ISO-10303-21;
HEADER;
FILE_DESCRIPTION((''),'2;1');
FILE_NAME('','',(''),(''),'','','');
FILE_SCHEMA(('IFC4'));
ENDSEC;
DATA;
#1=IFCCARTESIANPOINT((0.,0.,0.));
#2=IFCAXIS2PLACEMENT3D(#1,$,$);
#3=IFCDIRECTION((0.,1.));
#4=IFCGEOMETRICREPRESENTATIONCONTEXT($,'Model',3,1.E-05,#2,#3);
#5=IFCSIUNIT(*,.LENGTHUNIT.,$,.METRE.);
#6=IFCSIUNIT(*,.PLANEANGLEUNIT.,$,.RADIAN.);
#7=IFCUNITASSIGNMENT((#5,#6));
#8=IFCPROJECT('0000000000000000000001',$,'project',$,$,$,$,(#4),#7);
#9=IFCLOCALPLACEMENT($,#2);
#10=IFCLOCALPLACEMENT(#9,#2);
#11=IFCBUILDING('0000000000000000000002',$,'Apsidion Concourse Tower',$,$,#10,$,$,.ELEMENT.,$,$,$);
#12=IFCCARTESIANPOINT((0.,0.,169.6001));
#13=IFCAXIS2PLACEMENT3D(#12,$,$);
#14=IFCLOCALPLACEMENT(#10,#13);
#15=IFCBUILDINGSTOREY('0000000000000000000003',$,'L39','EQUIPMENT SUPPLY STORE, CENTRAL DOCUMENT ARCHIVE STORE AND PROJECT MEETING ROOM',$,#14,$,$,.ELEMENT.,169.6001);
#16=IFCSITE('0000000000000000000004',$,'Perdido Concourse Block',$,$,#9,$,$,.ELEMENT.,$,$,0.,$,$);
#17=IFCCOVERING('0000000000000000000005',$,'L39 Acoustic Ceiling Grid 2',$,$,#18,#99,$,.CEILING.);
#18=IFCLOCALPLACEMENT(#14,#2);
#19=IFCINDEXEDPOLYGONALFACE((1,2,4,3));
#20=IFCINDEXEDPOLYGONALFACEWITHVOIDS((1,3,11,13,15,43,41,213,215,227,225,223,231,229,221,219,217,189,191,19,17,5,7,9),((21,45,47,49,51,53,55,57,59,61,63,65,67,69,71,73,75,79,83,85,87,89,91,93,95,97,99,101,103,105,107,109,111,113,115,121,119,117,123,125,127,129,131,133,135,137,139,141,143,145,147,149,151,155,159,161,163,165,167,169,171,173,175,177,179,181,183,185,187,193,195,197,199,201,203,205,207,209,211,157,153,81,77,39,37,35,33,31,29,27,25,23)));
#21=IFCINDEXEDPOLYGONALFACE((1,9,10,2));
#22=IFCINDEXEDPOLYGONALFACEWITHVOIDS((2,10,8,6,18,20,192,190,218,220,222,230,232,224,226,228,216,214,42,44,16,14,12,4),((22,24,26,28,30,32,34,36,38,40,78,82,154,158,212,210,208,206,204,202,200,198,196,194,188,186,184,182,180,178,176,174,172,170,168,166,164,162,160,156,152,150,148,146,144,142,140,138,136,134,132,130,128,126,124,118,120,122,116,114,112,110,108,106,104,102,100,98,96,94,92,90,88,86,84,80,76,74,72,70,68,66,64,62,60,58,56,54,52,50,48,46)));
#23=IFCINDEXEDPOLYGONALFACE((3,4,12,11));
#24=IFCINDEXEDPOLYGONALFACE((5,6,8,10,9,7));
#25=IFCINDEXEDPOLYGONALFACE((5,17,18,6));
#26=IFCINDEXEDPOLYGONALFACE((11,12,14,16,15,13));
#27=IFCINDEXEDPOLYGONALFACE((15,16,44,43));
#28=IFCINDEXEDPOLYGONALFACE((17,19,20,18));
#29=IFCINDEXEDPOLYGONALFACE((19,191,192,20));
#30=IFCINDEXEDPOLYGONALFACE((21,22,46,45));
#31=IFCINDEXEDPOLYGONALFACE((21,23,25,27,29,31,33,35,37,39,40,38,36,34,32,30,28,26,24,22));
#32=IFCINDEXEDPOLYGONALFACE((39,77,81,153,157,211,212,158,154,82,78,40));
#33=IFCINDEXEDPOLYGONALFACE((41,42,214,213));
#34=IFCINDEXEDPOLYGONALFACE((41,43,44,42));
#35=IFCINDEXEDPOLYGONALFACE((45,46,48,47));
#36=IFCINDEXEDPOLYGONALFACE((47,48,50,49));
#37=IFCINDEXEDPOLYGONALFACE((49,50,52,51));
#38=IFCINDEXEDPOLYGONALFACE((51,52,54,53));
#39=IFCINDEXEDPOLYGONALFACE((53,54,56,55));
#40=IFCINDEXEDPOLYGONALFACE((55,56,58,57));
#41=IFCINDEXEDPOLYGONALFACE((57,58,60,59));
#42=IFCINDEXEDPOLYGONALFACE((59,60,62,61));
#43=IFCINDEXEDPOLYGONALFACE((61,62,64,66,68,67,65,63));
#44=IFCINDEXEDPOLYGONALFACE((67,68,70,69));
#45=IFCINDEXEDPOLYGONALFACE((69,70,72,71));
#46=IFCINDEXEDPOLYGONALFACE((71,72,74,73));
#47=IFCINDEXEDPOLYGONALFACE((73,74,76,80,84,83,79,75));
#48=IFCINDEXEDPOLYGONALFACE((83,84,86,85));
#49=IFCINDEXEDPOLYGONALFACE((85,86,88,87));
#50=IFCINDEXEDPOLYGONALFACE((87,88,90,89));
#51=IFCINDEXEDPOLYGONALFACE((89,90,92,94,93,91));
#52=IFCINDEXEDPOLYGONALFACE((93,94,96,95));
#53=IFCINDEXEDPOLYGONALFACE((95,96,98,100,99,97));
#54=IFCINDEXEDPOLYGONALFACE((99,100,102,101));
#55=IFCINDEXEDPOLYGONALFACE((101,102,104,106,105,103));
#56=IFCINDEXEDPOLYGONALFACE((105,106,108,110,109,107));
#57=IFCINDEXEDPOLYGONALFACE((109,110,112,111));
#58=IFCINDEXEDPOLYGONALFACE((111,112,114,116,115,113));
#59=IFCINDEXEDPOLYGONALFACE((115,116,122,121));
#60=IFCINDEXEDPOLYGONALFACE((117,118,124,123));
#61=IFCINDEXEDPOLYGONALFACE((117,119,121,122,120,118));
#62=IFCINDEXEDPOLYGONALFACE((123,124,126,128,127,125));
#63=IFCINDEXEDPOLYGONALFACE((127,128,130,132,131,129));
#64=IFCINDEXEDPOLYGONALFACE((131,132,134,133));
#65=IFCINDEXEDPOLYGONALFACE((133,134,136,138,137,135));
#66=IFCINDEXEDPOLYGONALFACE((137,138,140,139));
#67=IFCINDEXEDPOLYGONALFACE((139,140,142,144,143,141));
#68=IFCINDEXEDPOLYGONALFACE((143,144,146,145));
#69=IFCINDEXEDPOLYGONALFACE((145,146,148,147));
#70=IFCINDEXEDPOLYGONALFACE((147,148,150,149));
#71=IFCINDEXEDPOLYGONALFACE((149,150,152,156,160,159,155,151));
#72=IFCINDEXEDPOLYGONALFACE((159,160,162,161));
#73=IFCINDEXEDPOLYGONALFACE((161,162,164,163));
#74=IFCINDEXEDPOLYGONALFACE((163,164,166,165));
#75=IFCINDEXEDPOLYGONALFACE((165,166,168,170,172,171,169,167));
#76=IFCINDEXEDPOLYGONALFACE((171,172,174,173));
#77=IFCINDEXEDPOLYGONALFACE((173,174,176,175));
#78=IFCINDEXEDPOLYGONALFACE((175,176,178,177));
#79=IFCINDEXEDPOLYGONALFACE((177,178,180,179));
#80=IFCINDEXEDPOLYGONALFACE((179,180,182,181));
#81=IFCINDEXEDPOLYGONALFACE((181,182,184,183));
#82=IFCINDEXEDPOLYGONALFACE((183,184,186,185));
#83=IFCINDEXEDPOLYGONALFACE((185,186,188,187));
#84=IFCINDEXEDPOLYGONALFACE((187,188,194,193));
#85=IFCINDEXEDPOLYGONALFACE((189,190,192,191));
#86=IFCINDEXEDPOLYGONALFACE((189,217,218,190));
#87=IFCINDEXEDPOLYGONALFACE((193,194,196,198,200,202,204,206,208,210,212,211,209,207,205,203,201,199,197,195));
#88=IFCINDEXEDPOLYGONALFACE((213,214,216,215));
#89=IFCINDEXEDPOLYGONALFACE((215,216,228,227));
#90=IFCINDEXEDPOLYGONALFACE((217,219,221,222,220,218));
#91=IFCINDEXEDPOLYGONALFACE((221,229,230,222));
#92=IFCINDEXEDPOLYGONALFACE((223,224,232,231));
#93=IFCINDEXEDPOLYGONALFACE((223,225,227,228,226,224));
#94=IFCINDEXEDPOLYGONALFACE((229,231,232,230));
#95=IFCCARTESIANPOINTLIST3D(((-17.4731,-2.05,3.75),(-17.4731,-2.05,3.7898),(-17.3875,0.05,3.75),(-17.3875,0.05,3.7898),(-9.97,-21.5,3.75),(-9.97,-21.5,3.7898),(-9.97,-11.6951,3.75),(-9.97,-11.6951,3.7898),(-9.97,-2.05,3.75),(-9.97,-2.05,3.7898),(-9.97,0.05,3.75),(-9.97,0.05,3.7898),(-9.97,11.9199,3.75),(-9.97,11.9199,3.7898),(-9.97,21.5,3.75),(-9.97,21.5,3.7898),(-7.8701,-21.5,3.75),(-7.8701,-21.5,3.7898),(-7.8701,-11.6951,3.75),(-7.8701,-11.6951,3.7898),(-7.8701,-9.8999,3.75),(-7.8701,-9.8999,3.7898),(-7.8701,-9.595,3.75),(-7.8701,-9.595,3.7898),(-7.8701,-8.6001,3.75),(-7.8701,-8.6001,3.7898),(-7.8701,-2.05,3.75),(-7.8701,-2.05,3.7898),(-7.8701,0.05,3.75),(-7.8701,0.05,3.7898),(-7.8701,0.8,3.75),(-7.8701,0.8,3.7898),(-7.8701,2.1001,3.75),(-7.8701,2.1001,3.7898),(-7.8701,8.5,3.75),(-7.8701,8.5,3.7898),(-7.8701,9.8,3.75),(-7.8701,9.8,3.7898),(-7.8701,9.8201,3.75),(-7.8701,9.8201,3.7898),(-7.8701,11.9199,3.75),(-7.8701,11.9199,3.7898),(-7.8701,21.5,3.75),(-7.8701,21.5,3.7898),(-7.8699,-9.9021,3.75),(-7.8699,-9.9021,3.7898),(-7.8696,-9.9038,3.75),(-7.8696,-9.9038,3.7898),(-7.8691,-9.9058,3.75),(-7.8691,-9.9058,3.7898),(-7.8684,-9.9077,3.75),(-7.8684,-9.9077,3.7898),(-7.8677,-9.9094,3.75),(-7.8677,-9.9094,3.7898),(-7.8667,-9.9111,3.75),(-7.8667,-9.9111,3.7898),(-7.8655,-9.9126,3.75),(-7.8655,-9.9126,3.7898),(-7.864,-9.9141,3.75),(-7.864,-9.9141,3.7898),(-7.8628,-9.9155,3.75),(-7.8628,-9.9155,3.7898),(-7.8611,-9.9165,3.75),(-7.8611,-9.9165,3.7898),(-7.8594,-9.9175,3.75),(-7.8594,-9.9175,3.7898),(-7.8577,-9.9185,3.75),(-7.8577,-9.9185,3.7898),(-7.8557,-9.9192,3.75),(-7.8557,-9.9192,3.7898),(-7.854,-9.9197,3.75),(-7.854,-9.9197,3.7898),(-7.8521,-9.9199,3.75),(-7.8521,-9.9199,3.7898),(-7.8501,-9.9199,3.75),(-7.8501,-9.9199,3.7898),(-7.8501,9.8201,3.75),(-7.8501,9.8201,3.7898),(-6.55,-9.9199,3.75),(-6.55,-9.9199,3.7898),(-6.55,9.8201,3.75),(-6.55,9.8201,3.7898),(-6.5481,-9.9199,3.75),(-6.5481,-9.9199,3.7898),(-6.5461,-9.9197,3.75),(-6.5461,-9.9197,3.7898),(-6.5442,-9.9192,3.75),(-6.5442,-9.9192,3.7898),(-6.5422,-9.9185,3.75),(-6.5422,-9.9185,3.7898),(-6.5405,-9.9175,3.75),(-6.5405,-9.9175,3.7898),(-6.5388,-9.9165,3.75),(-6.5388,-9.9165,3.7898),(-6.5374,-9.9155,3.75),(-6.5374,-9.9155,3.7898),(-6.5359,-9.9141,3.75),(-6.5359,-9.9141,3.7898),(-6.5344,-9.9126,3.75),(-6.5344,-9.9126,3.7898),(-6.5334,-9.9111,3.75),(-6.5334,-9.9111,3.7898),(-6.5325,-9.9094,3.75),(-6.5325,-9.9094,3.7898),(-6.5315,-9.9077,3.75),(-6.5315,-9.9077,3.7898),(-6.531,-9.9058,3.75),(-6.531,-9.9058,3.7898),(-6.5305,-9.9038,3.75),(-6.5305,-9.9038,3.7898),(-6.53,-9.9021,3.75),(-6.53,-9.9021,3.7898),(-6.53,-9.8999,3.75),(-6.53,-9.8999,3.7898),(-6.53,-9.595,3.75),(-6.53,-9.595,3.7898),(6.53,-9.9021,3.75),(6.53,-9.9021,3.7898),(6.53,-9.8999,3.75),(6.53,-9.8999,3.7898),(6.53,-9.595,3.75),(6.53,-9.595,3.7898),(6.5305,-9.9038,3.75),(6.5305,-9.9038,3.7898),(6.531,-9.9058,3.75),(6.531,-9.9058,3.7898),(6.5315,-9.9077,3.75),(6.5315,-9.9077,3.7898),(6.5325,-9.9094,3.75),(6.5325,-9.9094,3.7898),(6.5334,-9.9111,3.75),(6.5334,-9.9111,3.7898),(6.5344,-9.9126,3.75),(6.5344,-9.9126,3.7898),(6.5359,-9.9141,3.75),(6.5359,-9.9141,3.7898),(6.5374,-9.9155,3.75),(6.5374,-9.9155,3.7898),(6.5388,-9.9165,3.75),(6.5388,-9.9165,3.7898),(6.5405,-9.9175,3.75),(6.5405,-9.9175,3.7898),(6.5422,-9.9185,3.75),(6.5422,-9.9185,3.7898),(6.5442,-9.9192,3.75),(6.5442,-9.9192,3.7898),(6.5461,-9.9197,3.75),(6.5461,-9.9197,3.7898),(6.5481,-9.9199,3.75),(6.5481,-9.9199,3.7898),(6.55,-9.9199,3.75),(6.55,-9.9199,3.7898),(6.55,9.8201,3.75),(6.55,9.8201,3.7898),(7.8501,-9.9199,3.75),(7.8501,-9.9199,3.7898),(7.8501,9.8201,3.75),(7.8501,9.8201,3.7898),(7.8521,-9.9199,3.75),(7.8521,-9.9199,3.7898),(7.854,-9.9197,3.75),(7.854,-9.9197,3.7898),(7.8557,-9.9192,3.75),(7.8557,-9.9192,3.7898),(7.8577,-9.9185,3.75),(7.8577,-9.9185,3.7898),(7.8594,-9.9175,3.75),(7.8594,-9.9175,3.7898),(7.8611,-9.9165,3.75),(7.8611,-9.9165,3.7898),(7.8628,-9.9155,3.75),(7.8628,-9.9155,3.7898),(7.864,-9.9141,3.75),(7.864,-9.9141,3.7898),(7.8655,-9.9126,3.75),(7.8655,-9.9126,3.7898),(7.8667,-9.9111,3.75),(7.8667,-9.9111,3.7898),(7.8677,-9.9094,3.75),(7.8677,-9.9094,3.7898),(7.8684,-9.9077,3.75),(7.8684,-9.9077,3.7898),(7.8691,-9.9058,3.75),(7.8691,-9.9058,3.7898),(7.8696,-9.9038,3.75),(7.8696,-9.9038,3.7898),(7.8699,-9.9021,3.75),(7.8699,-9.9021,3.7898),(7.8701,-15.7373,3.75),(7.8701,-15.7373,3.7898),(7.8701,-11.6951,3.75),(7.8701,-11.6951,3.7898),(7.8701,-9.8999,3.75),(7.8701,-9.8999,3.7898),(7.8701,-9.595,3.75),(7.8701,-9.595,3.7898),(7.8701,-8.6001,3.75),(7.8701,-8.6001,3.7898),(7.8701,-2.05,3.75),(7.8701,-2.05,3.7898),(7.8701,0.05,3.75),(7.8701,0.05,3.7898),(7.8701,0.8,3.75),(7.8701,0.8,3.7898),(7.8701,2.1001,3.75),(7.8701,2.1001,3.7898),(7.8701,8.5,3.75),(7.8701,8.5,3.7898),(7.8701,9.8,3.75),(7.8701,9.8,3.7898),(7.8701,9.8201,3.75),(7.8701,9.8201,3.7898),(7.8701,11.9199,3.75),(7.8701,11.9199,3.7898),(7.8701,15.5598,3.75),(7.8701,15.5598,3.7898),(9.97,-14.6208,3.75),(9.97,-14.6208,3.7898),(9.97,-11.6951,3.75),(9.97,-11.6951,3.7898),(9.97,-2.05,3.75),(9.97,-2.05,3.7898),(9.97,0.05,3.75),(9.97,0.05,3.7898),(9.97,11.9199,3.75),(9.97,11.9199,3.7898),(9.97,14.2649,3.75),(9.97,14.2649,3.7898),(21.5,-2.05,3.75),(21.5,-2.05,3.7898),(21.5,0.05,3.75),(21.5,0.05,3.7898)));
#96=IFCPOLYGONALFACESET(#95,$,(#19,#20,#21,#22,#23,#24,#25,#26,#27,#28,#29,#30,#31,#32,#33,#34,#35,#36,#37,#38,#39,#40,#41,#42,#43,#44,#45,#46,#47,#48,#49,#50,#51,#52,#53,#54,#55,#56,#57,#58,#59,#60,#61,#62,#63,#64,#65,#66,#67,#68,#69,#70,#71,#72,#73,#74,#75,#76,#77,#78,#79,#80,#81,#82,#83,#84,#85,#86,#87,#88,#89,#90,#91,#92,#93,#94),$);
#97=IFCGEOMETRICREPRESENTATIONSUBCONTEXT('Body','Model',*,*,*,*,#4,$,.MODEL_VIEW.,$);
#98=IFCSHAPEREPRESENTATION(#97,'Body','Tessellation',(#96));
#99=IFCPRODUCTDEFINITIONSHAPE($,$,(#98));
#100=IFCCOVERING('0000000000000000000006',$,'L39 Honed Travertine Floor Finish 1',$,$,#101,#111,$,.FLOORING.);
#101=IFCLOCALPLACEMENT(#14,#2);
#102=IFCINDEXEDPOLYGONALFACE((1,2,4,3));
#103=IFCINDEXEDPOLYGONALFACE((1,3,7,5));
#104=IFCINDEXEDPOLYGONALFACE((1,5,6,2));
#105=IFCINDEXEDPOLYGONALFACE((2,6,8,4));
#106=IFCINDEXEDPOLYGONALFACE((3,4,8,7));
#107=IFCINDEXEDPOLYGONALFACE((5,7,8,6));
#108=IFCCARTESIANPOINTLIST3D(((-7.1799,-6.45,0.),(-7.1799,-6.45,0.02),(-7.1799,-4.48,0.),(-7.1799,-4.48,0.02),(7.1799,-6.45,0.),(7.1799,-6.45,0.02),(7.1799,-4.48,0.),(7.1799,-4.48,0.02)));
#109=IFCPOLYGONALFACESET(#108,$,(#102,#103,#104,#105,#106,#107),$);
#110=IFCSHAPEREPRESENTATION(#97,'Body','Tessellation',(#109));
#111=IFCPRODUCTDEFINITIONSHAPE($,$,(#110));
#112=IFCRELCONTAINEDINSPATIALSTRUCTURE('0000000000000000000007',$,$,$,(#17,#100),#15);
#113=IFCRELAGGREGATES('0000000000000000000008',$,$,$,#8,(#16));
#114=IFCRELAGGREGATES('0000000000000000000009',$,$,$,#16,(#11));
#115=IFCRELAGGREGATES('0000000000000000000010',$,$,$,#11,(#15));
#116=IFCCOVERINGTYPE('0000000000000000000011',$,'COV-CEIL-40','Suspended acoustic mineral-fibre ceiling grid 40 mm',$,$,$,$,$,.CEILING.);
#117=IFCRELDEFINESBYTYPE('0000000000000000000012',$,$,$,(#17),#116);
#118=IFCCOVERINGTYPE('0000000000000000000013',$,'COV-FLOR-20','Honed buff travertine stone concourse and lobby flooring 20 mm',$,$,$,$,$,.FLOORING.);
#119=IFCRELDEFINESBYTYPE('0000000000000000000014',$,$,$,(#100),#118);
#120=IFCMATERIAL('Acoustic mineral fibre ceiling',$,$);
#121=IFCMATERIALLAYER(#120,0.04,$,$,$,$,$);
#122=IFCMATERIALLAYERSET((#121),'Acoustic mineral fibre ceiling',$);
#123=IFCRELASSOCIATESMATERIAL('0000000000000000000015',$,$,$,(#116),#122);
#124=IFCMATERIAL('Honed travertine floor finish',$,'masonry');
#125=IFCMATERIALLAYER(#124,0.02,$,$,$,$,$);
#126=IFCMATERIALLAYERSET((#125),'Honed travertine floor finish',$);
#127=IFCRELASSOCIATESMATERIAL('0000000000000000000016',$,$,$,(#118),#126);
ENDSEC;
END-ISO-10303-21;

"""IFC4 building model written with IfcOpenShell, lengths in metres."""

from ifc_helpers import new_model, si_unit, direction, frame, origin, place, context, subcontext, project, spatial, polyline, outline, extrude, material, layer, layer_set, type_object, element, save


model = new_model("IFC4")

# Units and contexts
model_context = context("Model", 3, precision=1e-05, world=origin(), true_north=direction((0.0, 1.0)))
body_context = subcontext(model_context, "Body", "Model", "MODEL_VIEW")
ifc_project = project(units=[si_unit("LENGTHUNIT", "METRE"), si_unit("PLANEANGLEUNIT", "RADIAN")], contexts=[model_context])

# Site, building, storey
site_placement = place(None, origin())
site = spatial("IfcSite", under=ifc_project, at=site_placement, Name="Perdido Concourse Block", CompositionType="ELEMENT", RefElevation=0.0)
building_placement = place(site_placement, origin())
building = spatial("IfcBuilding", under=site, at=building_placement, Name="Apsidion Concourse Tower", CompositionType="ELEMENT")
storey_placement = place(building_placement, frame((0.0, 0.0, 169.6001)))
storey = spatial("IfcBuildingStorey", under=building, at=storey_placement, Name="L39", Description="EQUIPMENT SUPPLY STORE, CENTRAL DOCUMENT ARCHIVE STORE AND PROJECT MEETING ROOM", CompositionType="ELEMENT", Elevation=169.6001)

# Coverings
ifc_material_1 = material(Name="Acoustic mineral fibre ceiling")
ifc_layer_1 = layer(ifc_material_1, 0.04)
ifc_layer_set_1 = layer_set([ifc_layer_1], Name="Acoustic mineral fibre ceiling")
covering_type_1 = type_object("IfcCoveringType", Name="COV-CEIL-40", Description="Suspended acoustic mineral-fibre ceiling grid 40 mm", PredefinedType="CEILING", material=ifc_layer_set_1)
covering_1_placement = place(storey_placement, frame((0.0, 0.0, 3.75)))
element("IfcCovering", 1, at=covering_1_placement, inside=storey, type_object=covering_type_1, Name="L39 Acoustic Ceiling Grid 2", PredefinedType="CEILING", context=body_context, shape_type="SweptSolid", body=[
    extrude(outline(polyline([(9.97, -14.6208), (7.8701, -15.7373), (7.8701, -11.6951), (-7.8701, -11.6951), (-7.8701, -21.5), (-9.97, -21.5), (-9.97, -11.6951), (-9.97, -2.05), (-17.4731, -2.05), (-17.3875, 0.05), (-9.97, 0.05), (-9.97, 11.9199), (-9.97, 21.5), (-7.8701, 21.5), (-7.8701, 11.9199), (7.8701, 11.9199), (7.8701, 15.5598), (9.97, 14.2649), (9.97, 11.9199), (9.97, 0.05), (21.5, 0.05), (21.5, -2.05), (9.97, -2.05), (9.97, -11.6951), (9.97, -14.6208)]), holes=[polyline([(7.8701, -8.6001), (7.8701, -2.05), (7.8701, 0.05), (7.8701, 0.8), (7.8701, 2.1001), (7.8701, 8.5), (7.8701, 9.8), (7.8701, 9.8201), (7.8501, 9.8201), (6.55, 9.8201), (-6.55, 9.8201), (-7.8501, 9.8201), (-7.8701, 9.8201), (-7.8701, 9.8), (-7.8701, 8.5), (-7.8701, 2.1001), (-7.8701, 0.8), (-7.8701, 0.05), (-7.8701, -2.05), (-7.8701, -8.6001), (-7.8701, -9.595), (-7.8701, -9.8999), (-7.8699, -9.9021), (-7.8696, -9.9038), (-7.8691, -9.9058), (-7.8684, -9.9077), (-7.8677, -9.9094), (-7.8667, -9.9111), (-7.8655, -9.9126), (-7.864, -9.9141), (-7.8628, -9.9155), (-7.8611, -9.9165), (-7.8594, -9.9175), (-7.8577, -9.9185), (-7.8557, -9.9192), (-7.854, -9.9197), (-7.8521, -9.9199), (-7.8501, -9.9199), (-6.55, -9.9199), (-6.5481, -9.9199), (-6.5461, -9.9197), (-6.5442, -9.9192), (-6.5422, -9.9185), (-6.5405, -9.9175), (-6.5388, -9.9165), (-6.5374, -9.9155), (-6.5359, -9.9141), (-6.5344, -9.9126), (-6.5334, -9.9111), (-6.5325, -9.9094), (-6.5315, -9.9077), (-6.531, -9.9058), (-6.5305, -9.9038), (-6.53, -9.9021), (-6.53, -9.8999), (-6.53, -9.595), (6.53, -9.595), (6.53, -9.8999), (6.53, -9.9021), (6.5305, -9.9038), (6.531, -9.9058), (6.5315, -9.9077), (6.5325, -9.9094), (6.5334, -9.9111), (6.5344, -9.9126), (6.5359, -9.9141), (6.5374, -9.9155), (6.5388, -9.9165), (6.5405, -9.9175), (6.5422, -9.9185), (6.5442, -9.9192), (6.5461, -9.9197), (6.5481, -9.9199), (6.55, -9.9199), (7.8501, -9.9199), (7.8521, -9.9199), (7.854, -9.9197), (7.8557, -9.9192), (7.8577, -9.9185), (7.8594, -9.9175), (7.8611, -9.9165), (7.8628, -9.9155), (7.864, -9.9141), (7.8655, -9.9126), (7.8667, -9.9111), (7.8677, -9.9094), (7.8684, -9.9077), (7.8691, -9.9058), (7.8696, -9.9038), (7.8699, -9.9021), (7.8701, -9.8999), (7.8701, -9.595), (7.8701, -8.6001)])]), origin(), (0.0, 0.0, 1.0), 0.0398),
])
ifc_material_2 = material(Name="Honed travertine floor finish", Category="masonry")
ifc_layer_2 = layer(ifc_material_2, 0.02)
ifc_layer_set_2 = layer_set([ifc_layer_2], Name="Honed travertine floor finish")
covering_type_2 = type_object("IfcCoveringType", Name="COV-FLOR-20", Description="Honed buff travertine stone concourse and lobby flooring 20 mm", PredefinedType="FLOORING", material=ifc_layer_set_2)
covering_2_placement = place(storey_placement, origin())
element("IfcCovering", 2, at=covering_2_placement, inside=storey, type_object=covering_type_2, Name="L39 Honed Travertine Floor Finish 1", PredefinedType="FLOORING", context=body_context, shape_type="SweptSolid", body=[
    extrude(outline(polyline([(-7.1799, -6.45), (-7.1799, -4.48), (7.1799, -4.48), (7.1799, -6.45), (-7.1799, -6.45)])), origin(), (0.0, 0.0, 1.0), 0.02),
])

save(model, "model.ifc")
